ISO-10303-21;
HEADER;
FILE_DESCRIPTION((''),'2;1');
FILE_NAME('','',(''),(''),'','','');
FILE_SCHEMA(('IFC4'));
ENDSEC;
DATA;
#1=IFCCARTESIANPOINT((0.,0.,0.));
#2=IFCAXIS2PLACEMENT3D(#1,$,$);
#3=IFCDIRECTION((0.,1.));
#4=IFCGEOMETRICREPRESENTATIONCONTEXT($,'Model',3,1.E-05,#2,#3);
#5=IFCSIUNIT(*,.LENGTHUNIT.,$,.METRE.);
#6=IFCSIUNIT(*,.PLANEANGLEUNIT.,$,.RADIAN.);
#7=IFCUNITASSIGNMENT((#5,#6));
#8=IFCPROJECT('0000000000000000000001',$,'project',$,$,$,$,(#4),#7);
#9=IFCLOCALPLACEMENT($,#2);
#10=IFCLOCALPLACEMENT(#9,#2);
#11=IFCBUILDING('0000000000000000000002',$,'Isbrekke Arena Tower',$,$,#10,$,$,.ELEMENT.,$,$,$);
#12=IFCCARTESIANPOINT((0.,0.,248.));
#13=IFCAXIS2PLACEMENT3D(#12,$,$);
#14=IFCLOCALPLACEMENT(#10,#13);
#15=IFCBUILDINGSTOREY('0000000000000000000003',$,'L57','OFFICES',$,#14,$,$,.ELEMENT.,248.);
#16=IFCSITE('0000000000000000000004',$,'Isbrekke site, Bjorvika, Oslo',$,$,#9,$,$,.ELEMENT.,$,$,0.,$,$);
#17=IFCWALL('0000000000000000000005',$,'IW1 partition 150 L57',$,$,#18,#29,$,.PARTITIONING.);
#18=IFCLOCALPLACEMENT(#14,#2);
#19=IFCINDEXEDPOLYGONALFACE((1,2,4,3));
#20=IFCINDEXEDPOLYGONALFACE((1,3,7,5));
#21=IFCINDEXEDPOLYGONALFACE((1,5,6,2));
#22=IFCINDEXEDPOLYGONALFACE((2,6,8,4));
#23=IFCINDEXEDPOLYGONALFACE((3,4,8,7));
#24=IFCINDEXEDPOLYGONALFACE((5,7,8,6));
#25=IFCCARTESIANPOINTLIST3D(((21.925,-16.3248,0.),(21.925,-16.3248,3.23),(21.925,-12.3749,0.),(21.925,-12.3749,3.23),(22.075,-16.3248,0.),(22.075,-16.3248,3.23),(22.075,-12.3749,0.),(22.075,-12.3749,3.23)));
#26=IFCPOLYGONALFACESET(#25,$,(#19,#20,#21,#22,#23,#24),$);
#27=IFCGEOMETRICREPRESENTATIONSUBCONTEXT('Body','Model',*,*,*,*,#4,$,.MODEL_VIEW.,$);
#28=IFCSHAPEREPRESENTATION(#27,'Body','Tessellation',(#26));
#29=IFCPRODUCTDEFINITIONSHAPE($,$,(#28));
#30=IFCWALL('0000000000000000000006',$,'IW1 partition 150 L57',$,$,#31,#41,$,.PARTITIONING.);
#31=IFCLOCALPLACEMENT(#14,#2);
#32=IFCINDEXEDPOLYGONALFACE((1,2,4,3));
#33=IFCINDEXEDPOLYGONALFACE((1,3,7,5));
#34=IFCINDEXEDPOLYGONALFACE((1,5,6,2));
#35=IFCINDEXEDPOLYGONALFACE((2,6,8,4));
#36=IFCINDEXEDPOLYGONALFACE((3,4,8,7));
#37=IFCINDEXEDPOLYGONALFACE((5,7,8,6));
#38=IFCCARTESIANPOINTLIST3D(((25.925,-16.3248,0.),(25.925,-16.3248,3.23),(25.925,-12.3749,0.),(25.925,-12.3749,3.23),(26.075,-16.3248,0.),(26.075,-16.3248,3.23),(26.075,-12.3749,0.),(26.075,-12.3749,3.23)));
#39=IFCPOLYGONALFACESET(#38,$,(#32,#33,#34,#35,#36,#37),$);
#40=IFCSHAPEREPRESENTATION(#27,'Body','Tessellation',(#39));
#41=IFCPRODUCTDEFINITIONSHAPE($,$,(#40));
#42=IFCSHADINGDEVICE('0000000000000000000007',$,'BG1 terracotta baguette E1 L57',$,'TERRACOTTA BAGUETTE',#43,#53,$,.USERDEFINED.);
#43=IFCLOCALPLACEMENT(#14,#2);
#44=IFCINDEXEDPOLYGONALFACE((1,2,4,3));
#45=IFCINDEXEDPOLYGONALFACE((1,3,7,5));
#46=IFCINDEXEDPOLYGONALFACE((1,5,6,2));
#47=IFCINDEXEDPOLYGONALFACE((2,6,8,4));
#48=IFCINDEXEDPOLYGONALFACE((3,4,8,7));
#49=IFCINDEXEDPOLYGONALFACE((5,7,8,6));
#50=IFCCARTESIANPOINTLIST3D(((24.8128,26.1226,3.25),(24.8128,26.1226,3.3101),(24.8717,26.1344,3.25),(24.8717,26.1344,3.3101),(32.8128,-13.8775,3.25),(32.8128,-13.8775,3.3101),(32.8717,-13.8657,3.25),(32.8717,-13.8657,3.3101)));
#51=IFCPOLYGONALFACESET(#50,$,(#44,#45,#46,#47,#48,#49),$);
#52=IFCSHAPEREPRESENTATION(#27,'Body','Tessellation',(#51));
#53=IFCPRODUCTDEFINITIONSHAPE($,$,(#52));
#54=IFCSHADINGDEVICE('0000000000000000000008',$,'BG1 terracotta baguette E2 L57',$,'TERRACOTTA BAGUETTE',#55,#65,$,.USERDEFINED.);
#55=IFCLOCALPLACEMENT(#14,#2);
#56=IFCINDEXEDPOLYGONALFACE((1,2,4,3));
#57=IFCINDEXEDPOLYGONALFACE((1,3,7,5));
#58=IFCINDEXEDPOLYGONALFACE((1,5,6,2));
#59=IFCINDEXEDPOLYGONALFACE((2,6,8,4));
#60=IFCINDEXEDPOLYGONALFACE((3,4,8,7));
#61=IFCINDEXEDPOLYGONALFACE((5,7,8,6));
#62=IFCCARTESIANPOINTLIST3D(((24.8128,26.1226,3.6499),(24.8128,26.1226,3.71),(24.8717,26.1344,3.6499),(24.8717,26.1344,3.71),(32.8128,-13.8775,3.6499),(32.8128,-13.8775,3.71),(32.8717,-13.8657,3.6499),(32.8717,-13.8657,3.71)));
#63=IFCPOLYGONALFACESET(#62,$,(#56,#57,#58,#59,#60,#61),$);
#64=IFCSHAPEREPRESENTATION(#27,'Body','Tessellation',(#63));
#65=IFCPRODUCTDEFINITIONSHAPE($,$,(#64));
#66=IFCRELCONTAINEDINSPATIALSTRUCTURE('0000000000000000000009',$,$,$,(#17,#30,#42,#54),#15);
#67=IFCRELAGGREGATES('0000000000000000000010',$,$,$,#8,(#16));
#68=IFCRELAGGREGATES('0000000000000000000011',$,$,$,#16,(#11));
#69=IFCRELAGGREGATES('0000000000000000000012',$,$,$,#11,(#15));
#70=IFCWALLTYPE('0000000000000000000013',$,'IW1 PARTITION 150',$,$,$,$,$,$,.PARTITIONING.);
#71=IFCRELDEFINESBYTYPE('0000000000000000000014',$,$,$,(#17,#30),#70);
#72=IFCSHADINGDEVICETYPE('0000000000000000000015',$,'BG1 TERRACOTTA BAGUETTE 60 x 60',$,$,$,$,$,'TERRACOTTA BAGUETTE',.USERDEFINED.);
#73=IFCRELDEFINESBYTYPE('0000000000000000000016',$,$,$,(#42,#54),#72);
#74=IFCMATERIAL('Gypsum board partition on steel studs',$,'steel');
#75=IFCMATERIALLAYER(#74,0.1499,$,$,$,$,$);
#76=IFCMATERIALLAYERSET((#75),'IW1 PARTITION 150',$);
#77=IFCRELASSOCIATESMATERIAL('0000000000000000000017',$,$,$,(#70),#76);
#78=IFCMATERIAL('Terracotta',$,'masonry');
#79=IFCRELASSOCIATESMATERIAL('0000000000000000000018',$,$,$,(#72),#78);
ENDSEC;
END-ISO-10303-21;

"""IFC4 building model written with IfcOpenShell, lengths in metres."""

from ifc_helpers import new_model, si_unit, direction, frame, frame_2d, origin, origin_2d, place, context, subcontext, project, spatial, rectangle, extrude, material, layer, layer_set, material_profile, profile_set, type_object, element, save


model = new_model("IFC4")

# Units and contexts
model_context = context("Model", 3, precision=1e-05, world=origin(), true_north=direction((0.0, 1.0)))
body_context = subcontext(model_context, "Body", "Model", "MODEL_VIEW")
ifc_project = project(units=[si_unit("LENGTHUNIT", "METRE"), si_unit("PLANEANGLEUNIT", "RADIAN")], contexts=[model_context])

# Site, building, storey
site_placement = place(None, origin())
site = spatial("IfcSite", under=ifc_project, at=site_placement, Name="Isbrekke site, Bjorvika, Oslo", CompositionType="ELEMENT", RefElevation=0.0)
building_placement = place(site_placement, origin())
building = spatial("IfcBuilding", under=site, at=building_placement, Name="Isbrekke Arena Tower", CompositionType="ELEMENT")
storey_placement = place(building_placement, frame((0.0, 0.0, 248.0)))
storey = spatial("IfcBuildingStorey", under=building, at=storey_placement, Name="L57", Description="OFFICES", CompositionType="ELEMENT", Elevation=248.0)

# Walls
ifc_material_1 = material(Name="Gypsum board partition on steel studs", Category="steel")
ifc_layer_1 = layer(ifc_material_1, 0.1499)
ifc_layer_set_1 = layer_set([ifc_layer_1], Name="IW1 PARTITION 150")
wall_type = type_object("IfcWallType", Name="IW1 PARTITION 150", PredefinedType="PARTITIONING", material=ifc_layer_set_1)
for number, where, z_axis, x_axis, name in (
    (1, (22.0, -16.325, 0.0), (0.0, 0.0, 1.0), (0.0, 1.0, 0.0), "IW1 partition 150 L57"),
    (2, (26.0, -16.325, 0.0), (0.0, 0.0, 1.0), (0.0, 1.0, 0.0), "IW1 partition 150 L57"),
):
    element("IfcWall", number, at=place(storey_placement, frame(where, z_axis=z_axis, x_axis=x_axis)), inside=storey, type_object=wall_type, Name=name, PredefinedType="PARTITIONING", context=body_context, shape_type="SweptSolid", body=[
        extrude(rectangle(XDim=3.95, YDim=0.1499, at=frame_2d((1.9751, 0.0))), origin(), (0.0, 0.0, 1.0), 3.23),
    ])

# Shading devices
ifc_material_2 = material(Name="Terracotta", Category="masonry")
ifc_material_profile_1 = material_profile(ifc_material_2, rectangle(XDim=0.0601, YDim=0.0601, at=origin_2d()), Name="BAGUETTE 60X60")
ifc_profile_set_1 = profile_set([ifc_material_profile_1], Name="Terracotta")
shading_device_type = type_object("IfcShadingDeviceType", Name="BG1 TERRACOTTA BAGUETTE 60 x 60", ElementType="TERRACOTTA BAGUETTE", PredefinedType="USERDEFINED", material=ifc_profile_set_1)
for number, where, z_axis, x_axis, name in (
    (3, (32.8423, -13.8716, 3.28), (-0.196116, 0.980581, 0.0), (-0.980581, -0.196116, 0.0), "BG1 terracotta baguette E1 L57"),
    (4, (32.8423, -13.8716, 3.6799), (-0.196116, 0.980581, 0.0), (-0.980581, -0.196116, 0.0), "BG1 terracotta baguette E2 L57"),
):
    element("IfcShadingDevice", number, at=place(storey_placement, frame(where, z_axis=z_axis, x_axis=x_axis)), inside=storey, type_object=shading_device_type, Name=name, ObjectType="TERRACOTTA BAGUETTE", PredefinedType="USERDEFINED", context=body_context, shape_type="SweptSolid", body=[
        extrude(rectangle(XDim=0.0601, YDim=0.0601, at=origin_2d()), origin(), (0.0, 0.0, 1.0), 40.7922),
    ])

save(model, "model.ifc")
